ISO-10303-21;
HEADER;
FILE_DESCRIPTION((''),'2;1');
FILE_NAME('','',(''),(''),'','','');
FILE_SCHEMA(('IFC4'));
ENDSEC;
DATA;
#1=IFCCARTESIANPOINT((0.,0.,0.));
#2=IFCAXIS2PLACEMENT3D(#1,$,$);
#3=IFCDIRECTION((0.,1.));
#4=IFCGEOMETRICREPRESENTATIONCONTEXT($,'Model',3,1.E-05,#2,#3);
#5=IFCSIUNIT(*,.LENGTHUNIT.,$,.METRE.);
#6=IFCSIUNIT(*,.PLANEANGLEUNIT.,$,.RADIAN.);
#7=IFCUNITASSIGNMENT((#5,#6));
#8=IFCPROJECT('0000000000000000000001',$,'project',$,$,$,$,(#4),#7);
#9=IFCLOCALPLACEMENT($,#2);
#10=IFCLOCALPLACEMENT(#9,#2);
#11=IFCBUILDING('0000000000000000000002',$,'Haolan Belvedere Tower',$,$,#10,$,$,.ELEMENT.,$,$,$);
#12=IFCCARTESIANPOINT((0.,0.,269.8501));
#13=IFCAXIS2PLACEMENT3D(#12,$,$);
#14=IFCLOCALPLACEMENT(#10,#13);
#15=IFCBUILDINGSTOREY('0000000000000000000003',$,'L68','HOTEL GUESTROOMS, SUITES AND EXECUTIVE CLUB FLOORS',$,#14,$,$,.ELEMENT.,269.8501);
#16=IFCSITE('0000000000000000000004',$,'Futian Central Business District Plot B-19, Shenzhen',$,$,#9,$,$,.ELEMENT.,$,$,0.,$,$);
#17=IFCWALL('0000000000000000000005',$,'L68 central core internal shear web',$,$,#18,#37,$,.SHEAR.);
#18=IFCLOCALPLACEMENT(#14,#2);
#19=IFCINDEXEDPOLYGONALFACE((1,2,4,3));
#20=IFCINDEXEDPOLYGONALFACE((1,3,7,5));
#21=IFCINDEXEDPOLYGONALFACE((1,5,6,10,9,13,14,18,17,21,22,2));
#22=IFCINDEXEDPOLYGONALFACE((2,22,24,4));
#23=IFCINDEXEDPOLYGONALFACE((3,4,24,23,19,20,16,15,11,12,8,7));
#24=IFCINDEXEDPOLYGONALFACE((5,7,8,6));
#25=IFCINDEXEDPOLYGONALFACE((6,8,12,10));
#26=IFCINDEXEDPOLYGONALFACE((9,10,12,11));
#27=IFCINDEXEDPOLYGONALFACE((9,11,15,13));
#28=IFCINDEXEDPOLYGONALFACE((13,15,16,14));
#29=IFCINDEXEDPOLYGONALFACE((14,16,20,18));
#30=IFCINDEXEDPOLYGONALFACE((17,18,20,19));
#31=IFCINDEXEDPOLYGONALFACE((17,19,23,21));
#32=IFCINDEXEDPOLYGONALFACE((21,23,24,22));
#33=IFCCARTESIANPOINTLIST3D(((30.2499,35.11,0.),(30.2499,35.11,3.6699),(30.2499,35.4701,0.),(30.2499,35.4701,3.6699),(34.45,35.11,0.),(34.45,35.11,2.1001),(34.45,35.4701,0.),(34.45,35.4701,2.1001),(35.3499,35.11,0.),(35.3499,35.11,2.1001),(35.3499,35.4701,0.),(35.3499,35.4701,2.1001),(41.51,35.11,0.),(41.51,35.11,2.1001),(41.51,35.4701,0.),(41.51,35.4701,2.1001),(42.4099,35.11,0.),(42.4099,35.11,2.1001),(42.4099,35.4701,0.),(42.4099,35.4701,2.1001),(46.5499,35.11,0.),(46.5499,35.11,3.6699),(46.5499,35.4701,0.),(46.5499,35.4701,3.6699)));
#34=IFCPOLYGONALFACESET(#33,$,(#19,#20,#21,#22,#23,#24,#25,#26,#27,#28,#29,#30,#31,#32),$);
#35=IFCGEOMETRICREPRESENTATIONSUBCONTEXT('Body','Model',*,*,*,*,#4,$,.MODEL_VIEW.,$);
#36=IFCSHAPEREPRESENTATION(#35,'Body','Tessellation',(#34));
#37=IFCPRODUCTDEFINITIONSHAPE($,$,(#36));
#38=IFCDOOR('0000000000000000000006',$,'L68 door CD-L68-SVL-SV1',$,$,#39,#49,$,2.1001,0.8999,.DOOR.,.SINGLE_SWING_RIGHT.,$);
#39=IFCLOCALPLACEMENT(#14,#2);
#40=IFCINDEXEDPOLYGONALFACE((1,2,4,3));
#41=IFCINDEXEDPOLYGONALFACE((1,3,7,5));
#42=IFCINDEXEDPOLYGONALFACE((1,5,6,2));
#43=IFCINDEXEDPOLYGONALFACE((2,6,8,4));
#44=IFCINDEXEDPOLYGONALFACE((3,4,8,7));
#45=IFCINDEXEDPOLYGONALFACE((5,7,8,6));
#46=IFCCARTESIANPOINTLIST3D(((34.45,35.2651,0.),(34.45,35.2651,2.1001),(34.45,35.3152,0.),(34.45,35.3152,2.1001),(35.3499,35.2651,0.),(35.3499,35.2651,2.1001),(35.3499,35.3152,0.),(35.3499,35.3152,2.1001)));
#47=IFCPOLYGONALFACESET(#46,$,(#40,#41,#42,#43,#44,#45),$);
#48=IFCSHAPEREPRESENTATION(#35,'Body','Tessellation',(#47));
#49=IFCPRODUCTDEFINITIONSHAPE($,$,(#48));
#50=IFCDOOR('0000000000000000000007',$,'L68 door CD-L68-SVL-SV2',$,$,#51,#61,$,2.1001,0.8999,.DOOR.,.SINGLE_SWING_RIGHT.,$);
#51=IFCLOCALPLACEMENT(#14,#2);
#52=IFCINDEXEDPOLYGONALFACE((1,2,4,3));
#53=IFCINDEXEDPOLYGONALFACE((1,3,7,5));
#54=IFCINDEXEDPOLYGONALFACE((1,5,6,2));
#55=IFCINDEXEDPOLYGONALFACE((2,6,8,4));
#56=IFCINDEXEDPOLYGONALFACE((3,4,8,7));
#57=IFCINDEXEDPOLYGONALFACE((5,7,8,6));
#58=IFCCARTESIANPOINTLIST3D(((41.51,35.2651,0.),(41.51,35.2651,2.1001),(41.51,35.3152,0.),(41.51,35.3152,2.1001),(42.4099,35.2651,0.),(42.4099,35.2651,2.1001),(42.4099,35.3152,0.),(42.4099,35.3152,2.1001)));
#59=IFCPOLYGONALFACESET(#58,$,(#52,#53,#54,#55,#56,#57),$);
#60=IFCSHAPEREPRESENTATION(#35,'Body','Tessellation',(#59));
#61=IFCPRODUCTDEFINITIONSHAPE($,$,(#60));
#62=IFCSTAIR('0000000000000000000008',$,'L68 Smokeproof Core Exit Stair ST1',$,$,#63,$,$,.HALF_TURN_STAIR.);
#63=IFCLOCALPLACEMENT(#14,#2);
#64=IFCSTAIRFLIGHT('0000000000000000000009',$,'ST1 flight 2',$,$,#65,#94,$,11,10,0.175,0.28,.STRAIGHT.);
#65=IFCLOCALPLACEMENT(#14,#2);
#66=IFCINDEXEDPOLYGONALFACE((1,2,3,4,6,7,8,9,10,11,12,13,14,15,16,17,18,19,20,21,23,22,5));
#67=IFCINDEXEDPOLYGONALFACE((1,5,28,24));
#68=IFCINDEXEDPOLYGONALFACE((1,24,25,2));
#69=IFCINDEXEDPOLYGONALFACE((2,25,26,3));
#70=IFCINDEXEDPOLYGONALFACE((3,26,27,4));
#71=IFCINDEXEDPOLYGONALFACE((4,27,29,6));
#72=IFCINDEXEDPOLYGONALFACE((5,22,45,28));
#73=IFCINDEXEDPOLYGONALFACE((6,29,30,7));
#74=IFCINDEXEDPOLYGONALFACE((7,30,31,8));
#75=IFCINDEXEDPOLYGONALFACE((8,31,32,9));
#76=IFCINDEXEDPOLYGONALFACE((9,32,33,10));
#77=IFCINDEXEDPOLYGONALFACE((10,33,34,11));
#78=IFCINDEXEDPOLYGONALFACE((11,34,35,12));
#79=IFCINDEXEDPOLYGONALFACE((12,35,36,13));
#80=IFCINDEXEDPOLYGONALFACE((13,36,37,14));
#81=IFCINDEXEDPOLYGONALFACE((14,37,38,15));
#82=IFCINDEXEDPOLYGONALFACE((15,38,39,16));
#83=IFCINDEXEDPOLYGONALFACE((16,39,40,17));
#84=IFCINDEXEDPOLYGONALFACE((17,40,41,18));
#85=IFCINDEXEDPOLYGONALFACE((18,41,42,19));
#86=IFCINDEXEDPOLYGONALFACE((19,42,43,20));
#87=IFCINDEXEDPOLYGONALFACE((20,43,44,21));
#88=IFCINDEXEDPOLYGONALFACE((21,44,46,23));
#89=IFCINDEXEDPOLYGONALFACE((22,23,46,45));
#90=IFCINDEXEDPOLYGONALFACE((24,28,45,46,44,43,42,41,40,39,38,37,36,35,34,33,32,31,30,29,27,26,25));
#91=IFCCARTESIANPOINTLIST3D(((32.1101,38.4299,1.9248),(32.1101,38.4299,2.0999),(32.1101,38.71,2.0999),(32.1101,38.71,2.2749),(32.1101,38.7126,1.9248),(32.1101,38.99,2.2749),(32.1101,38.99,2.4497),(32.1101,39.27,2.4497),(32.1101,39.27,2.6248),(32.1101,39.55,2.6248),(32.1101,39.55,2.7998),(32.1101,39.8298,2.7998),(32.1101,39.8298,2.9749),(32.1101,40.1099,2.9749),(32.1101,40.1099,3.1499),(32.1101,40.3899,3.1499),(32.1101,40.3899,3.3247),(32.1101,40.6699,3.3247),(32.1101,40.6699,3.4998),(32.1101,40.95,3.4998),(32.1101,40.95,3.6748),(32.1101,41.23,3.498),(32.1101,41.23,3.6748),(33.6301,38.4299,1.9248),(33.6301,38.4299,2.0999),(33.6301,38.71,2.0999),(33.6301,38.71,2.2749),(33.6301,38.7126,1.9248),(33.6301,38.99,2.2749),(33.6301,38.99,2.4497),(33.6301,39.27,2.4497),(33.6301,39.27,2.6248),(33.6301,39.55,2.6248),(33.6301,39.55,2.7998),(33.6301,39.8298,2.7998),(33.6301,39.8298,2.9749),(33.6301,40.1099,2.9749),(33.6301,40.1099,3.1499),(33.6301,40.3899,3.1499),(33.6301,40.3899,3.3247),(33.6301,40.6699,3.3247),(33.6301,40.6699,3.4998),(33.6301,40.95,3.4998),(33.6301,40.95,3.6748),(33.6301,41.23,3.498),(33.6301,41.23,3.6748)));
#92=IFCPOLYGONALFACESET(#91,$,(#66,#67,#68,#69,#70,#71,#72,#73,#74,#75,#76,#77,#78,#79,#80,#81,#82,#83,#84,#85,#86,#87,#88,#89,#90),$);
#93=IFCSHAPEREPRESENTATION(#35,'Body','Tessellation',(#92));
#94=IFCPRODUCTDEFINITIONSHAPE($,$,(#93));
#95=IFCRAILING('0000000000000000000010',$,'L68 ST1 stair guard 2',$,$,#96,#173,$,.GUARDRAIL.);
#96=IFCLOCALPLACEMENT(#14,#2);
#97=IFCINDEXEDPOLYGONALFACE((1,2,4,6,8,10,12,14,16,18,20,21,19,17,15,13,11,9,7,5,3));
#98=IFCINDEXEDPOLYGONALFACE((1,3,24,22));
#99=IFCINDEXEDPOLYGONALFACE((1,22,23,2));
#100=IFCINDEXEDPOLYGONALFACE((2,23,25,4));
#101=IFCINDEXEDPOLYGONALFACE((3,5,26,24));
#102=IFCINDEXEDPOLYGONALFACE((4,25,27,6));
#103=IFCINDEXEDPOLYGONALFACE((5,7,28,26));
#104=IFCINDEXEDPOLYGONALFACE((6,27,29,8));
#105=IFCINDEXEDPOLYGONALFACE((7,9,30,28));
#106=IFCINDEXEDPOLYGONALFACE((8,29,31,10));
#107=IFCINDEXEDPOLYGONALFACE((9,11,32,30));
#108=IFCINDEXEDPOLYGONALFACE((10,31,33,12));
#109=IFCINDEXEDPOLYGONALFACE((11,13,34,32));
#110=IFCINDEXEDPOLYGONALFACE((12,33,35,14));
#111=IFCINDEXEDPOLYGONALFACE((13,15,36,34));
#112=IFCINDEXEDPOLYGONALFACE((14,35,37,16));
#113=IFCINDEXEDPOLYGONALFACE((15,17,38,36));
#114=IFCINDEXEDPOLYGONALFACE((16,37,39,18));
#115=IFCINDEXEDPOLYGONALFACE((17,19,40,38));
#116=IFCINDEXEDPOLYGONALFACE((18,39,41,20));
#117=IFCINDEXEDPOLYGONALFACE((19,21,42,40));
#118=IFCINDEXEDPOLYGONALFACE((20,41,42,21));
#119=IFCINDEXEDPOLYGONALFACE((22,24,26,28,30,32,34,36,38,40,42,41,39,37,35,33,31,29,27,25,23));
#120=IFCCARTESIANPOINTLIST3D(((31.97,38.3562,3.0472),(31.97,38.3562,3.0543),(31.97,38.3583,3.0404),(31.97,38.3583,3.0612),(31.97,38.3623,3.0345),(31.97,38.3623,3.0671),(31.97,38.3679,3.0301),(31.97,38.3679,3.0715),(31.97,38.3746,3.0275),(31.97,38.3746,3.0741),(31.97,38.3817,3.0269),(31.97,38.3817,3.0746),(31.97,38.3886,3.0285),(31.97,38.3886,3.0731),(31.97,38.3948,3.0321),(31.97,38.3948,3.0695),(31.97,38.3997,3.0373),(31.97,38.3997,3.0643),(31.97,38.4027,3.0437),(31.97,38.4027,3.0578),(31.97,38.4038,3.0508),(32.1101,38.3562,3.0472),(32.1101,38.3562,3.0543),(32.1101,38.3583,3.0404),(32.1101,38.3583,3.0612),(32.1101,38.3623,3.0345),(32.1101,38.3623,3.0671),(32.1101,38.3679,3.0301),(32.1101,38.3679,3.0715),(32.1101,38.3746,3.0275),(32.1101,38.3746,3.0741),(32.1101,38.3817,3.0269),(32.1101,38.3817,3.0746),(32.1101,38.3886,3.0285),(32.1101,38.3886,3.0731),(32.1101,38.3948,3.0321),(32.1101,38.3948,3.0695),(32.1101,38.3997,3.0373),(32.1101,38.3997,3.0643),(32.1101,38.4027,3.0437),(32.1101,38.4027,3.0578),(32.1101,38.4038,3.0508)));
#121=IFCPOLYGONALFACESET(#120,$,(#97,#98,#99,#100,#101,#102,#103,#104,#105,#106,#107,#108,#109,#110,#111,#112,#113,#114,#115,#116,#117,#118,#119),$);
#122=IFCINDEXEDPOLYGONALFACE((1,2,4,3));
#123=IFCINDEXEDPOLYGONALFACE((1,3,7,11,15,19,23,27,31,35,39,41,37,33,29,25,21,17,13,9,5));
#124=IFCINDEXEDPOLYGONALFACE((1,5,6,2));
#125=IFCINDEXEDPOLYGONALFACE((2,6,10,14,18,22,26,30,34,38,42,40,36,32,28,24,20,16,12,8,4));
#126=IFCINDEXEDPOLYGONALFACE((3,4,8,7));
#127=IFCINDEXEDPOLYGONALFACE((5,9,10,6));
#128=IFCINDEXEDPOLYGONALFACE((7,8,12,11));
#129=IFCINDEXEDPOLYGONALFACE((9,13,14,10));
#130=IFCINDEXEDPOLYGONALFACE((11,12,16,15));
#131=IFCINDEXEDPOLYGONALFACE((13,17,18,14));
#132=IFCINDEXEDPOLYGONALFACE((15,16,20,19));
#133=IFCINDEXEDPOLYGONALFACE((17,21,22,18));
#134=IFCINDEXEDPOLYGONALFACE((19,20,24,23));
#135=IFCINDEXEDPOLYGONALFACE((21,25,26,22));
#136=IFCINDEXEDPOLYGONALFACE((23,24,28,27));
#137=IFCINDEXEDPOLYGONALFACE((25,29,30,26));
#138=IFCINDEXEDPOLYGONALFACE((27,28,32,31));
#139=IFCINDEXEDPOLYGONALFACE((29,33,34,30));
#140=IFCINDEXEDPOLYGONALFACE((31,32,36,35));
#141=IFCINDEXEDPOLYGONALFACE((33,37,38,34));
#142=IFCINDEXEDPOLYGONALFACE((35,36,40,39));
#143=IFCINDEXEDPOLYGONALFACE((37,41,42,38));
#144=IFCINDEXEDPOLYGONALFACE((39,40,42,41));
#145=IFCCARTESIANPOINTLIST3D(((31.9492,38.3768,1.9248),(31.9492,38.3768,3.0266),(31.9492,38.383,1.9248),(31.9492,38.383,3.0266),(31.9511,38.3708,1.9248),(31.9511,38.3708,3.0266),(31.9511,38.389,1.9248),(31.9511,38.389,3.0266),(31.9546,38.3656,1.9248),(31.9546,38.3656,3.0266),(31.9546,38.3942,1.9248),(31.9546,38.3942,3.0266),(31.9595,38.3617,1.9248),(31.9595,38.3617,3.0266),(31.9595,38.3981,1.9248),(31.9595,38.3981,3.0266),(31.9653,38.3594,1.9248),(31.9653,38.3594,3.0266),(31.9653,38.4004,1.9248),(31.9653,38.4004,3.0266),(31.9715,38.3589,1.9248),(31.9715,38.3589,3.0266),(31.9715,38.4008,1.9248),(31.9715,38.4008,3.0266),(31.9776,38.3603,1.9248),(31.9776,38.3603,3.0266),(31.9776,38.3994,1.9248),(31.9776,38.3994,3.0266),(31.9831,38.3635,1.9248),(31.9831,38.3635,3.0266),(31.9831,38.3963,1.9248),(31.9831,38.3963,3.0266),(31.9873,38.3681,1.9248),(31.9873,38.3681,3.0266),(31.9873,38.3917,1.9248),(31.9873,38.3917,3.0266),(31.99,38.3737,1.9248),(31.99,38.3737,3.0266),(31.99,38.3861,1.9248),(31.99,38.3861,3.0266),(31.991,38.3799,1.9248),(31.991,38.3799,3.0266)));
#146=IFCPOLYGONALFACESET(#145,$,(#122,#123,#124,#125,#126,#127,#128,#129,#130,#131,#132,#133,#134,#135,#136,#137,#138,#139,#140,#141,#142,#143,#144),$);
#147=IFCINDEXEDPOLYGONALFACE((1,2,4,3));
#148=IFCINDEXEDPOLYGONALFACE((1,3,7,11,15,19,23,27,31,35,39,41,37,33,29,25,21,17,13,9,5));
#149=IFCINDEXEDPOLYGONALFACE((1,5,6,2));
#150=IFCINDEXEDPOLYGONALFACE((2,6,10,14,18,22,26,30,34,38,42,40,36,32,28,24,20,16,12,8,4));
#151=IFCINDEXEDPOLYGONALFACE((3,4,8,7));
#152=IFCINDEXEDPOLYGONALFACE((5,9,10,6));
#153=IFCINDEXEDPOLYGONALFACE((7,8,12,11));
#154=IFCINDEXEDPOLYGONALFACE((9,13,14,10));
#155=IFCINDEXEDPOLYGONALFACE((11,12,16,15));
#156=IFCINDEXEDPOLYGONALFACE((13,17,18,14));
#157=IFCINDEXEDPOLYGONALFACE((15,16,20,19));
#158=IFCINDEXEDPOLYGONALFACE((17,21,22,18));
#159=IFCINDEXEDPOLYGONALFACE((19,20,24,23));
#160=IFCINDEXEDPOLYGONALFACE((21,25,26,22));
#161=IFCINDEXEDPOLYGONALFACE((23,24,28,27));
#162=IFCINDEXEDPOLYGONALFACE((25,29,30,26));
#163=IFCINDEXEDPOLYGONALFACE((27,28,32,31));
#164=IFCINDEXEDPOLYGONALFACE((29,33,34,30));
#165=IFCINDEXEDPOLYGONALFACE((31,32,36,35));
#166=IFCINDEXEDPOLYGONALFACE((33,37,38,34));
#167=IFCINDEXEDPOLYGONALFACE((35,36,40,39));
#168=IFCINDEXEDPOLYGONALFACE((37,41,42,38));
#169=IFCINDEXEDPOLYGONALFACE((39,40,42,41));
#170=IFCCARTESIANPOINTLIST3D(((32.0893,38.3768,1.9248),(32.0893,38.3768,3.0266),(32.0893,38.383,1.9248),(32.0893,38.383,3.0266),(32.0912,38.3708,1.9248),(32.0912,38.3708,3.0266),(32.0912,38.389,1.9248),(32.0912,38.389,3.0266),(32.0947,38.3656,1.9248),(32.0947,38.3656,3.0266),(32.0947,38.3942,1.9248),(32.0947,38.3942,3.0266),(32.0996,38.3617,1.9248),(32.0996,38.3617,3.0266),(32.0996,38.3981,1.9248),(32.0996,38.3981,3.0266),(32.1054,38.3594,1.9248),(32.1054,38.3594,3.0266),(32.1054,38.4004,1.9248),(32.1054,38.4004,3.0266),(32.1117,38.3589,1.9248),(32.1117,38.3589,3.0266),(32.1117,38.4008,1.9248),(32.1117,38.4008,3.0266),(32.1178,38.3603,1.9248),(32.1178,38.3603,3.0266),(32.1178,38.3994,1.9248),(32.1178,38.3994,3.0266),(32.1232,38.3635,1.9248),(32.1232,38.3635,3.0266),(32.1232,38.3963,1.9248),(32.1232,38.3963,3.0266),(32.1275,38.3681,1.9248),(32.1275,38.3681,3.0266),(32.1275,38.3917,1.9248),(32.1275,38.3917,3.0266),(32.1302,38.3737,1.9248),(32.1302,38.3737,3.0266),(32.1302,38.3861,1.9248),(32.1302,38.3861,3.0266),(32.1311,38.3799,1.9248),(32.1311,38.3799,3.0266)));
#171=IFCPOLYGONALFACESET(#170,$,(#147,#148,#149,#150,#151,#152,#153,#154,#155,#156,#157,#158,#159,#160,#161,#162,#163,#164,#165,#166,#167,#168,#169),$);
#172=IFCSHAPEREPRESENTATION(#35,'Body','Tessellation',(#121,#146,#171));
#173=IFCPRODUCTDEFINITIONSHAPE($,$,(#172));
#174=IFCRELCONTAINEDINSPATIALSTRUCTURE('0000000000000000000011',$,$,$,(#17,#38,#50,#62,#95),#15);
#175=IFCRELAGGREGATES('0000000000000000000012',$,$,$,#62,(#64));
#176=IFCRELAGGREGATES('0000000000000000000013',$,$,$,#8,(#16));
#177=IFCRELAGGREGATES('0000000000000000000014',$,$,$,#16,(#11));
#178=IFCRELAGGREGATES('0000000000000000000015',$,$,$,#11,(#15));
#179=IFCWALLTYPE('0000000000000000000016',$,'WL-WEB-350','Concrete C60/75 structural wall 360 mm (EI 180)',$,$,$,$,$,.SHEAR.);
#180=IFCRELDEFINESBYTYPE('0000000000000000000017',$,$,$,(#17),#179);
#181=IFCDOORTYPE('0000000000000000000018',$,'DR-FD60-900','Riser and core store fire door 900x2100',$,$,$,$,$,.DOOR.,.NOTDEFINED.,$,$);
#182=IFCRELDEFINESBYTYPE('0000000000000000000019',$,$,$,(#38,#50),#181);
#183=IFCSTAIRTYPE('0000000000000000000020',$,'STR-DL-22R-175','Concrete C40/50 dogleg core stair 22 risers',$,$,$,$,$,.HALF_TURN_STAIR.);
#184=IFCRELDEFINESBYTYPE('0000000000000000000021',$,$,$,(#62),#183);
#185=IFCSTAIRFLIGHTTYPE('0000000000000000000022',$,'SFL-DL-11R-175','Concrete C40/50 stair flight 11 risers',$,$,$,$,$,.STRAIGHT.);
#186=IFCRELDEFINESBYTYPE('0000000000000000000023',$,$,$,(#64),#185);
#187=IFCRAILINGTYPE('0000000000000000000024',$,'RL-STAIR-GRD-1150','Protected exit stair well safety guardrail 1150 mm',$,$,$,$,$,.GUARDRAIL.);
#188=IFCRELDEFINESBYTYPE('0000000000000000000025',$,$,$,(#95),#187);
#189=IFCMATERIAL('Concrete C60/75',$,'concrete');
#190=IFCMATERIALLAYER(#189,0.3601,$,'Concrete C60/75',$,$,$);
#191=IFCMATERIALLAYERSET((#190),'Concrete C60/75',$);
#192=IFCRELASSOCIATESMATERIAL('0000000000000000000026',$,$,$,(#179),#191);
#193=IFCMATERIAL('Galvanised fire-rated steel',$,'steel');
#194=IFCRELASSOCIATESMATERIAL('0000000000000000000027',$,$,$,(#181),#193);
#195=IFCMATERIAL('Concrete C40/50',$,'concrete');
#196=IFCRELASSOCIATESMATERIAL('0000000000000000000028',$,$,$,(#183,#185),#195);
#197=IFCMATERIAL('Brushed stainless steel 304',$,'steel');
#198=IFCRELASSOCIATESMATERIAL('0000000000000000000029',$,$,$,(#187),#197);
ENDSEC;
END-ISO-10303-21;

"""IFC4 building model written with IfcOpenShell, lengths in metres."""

from ifc_helpers import new_model, si_unit, direction, frame, frame_2d, origin, origin_2d, place, context, subcontext, project, spatial, polyline, rectangle, circle, outline, extrude, material, layer, layer_set, type_object, element, fill, aggregate, save


model = new_model("IFC4")

# Units and contexts
model_context = context("Model", 3, precision=1e-05, world=origin(), true_north=direction((0.0, 1.0)))
body_context = subcontext(model_context, "Body", "Model", "MODEL_VIEW")
ifc_project = project(units=[si_unit("LENGTHUNIT", "METRE"), si_unit("PLANEANGLEUNIT", "RADIAN")], contexts=[model_context])

# Site, building, storey
site_placement = place(None, origin())
site = spatial("IfcSite", under=ifc_project, at=site_placement, Name="Futian Central Business District Plot B-19, Shenzhen", CompositionType="ELEMENT", RefElevation=0.0)
building_placement = place(site_placement, origin())
building = spatial("IfcBuilding", under=site, at=building_placement, Name="Haolan Belvedere Tower", CompositionType="ELEMENT")
storey_placement = place(building_placement, frame((0.0, 0.0, 269.8501)))
storey = spatial("IfcBuildingStorey", under=building, at=storey_placement, Name="L68", Description="HOTEL GUESTROOMS, SUITES AND EXECUTIVE CLUB FLOORS", CompositionType="ELEMENT", Elevation=269.8501)

# Shared definitions
ifc_material_1 = material(Name="Concrete C60/75", Category="concrete")

# Wall, openings, doors
ifc_layer_1 = layer(ifc_material_1, 0.3601, Name="Concrete C60/75")
ifc_layer_set_1 = layer_set([ifc_layer_1], Name="Concrete C60/75")
wall_type_1 = type_object("IfcWallType", Name="WL-WEB-350", Description="Concrete C60/75 structural wall 360 mm (EI 180)", PredefinedType="SHEAR", material=ifc_layer_set_1)
wall_1_placement = place(storey_placement, frame((30.25, 35.29, 0.0), z_axis=(0.0, 0.0, 1.0), x_axis=(1.0, 0.0, 0.0)))
wall_1 = element("IfcWall", 1, at=wall_1_placement, inside=storey, type_object=wall_type_1, Name="L68 central core internal shear web", PredefinedType="SHEAR", context=body_context, shape_type="SweptSolid", body=[
    extrude(rectangle(XDim=16.3, YDim=0.3601, at=frame_2d((8.1499, 0.0))), origin(), (0.0, 0.0, 1.0), 3.6699),
])
opening_1_placement = place(wall_1_placement, frame((5.0999, 0.0, 0.0), z_axis=(0.0, 0.0, 1.0), x_axis=(-1.0, 0.0, 0.0)))
opening_1 = element("IfcOpeningElement", 2, at=opening_1_placement, cuts=wall_1, PredefinedType="OPENING", context=body_context, shape_type="SweptSolid", body=[
    extrude(rectangle(XDim=0.8999, YDim=2.1001, at=frame_2d((0.45, 1.05))), frame((0.0, 0.1899, 0.0), z_axis=(0.0, -1.0, 0.0), x_axis=(1.0, 0.0, 0.0)), (0.0, 0.0, 1.0), 0.3801),
])
opening_2_placement = place(wall_1_placement, frame((12.1599, 0.0, 0.0), z_axis=(0.0, 0.0, 1.0), x_axis=(-1.0, 0.0, 0.0)))
opening_2 = element("IfcOpeningElement", 3, at=opening_2_placement, cuts=wall_1, PredefinedType="OPENING", context=body_context, shape_type="SweptSolid", body=[
    extrude(rectangle(XDim=0.8999, YDim=2.1001, at=frame_2d((0.45, 1.05))), frame((0.0, 0.1899, 0.0), z_axis=(0.0, -1.0, 0.0), x_axis=(1.0, 0.0, 0.0)), (0.0, 0.0, 1.0), 0.3801),
])
ifc_material_2 = material(Name="Galvanised fire-rated steel", Category="steel")
door_type_1 = type_object("IfcDoorType", Name="DR-FD60-900", Description="Riser and core store fire door 900x2100", OperationType="NOTDEFINED", PredefinedType="DOOR", material=ifc_material_2)
door_1_placement = place(opening_1_placement, origin())
door_1 = element("IfcDoor", 4, at=door_1_placement, inside=storey, type_object=door_type_1, Name="L68 door CD-L68-SVL-SV1", OperationType="SINGLE_SWING_RIGHT", OverallHeight=2.1001, OverallWidth=0.8999, PredefinedType="DOOR", context=body_context, shape_type="SweptSolid", body=[
    extrude(rectangle(XDim=0.8999, YDim=2.1001, at=frame_2d((0.45, 1.05))), frame((0.0, 0.0249, 0.0), z_axis=(0.0, -1.0, 0.0), x_axis=(1.0, 0.0, 0.0)), (0.0, 0.0, 1.0), 0.05),
])
fill(opening_1, door_1)
door_2_placement = place(opening_2_placement, origin())
door_2 = element("IfcDoor", 5, at=door_2_placement, inside=storey, type_object=door_type_1, Name="L68 door CD-L68-SVL-SV2", OperationType="SINGLE_SWING_RIGHT", OverallHeight=2.1001, OverallWidth=0.8999, PredefinedType="DOOR", context=body_context, shape_type="SweptSolid", body=[
    extrude(rectangle(XDim=0.8999, YDim=2.1001, at=frame_2d((0.45, 1.05))), frame((0.0, 0.0249, 0.0), z_axis=(0.0, -1.0, 0.0), x_axis=(1.0, 0.0, 0.0)), (0.0, 0.0, 1.0), 0.05),
])
fill(opening_2, door_2)

# Stair, stair flight
ifc_material_3 = material(Name="Concrete C40/50", Category="concrete")
stair_type = type_object("IfcStairType", Name="STR-DL-22R-175", Description="Concrete C40/50 dogleg core stair 22 risers", PredefinedType="HALF_TURN_STAIR", material=ifc_material_3)
stair_placement = place(storey_placement, origin())
stair = element("IfcStair", 6, at=stair_placement, inside=storey, type_object=stair_type, Name="L68 Smokeproof Core Exit Stair ST1", PredefinedType="HALF_TURN_STAIR")
stair_flight_type = type_object("IfcStairFlightType", Name="SFL-DL-11R-175", Description="Concrete C40/50 stair flight 11 risers", PredefinedType="STRAIGHT", material=ifc_material_3)
stair_flight_placement = place(storey_placement, frame((32.8701, 38.4299, 1.9248), z_axis=(0.0, 0.0, 1.0), x_axis=(0.0, 1.0, 0.0)))
stair_flight = element("IfcStairFlight", 7, at=stair_flight_placement, type_object=stair_flight_type, Name="ST1 flight 2", NumberOfRisers=11, NumberOfTreads=10, PredefinedType="STRAIGHT", RiserHeight=0.175, TreadLength=0.28, context=body_context, shape_type="SweptSolid", body=[
    extrude(outline(polyline([(0.0, 0.0), (0.0, 0.175), (0.28, 0.175), (0.28, 0.3501), (0.5601, 0.3501), (0.5601, 0.5249), (0.8401, 0.5249), (0.8401, 0.7), (1.1201, 0.7), (1.1201, 0.875), (1.3999, 0.875), (1.3999, 1.05), (1.6799, 1.05), (1.6799, 1.2251), (1.96, 1.2251), (1.96, 1.3999), (2.24, 1.3999), (2.24, 1.575), (2.52, 1.575), (2.52, 1.75), (2.8, 1.75), (2.8, 1.925), (2.8, 1.5732), (0.2827, 0.0), (0.0, 0.0)])), frame((0.0, 0.76, 0.0), z_axis=(0.0, -1.0, 0.0), x_axis=(1.0, 0.0, 0.0)), (0.0, 0.0, 1.0), 1.52),
])
aggregate(stair, [stair_flight])

# Railing
ifc_material_4 = material(Name="Brushed stainless steel 304", Category="steel")
railing_type = type_object("IfcRailingType", Name="RL-STAIR-GRD-1150", Description="Protected exit stair well safety guardrail 1150 mm", PredefinedType="GUARDRAIL", material=ifc_material_4)
railing_1_placement = place(storey_placement, frame((31.97, 38.3799, 1.9248)))
element("IfcRailing", 8, at=railing_1_placement, inside=storey, type_object=railing_type, Name="L68 ST1 stair guard 2", PredefinedType="GUARDRAIL", context=body_context, shape_type="SweptSolid", body=[
    extrude(circle(Radius=0.0239, at=origin_2d()), frame((0.0, 0.0, 1.126), z_axis=(1.0, 0.0, 0.0), x_axis=(0.0, 1.0, 0.0)), (0.0, 0.0, 1.0), 0.1401),
    extrude(circle(Radius=0.021, at=origin_2d()), origin(), (0.0, 0.0, 1.0), 1.1018),
    extrude(circle(Radius=0.021, at=origin_2d()), frame((0.1401, 0.0, 0.0)), (0.0, 0.0, 1.0), 1.1018),
])

save(model, "model.ifc")
